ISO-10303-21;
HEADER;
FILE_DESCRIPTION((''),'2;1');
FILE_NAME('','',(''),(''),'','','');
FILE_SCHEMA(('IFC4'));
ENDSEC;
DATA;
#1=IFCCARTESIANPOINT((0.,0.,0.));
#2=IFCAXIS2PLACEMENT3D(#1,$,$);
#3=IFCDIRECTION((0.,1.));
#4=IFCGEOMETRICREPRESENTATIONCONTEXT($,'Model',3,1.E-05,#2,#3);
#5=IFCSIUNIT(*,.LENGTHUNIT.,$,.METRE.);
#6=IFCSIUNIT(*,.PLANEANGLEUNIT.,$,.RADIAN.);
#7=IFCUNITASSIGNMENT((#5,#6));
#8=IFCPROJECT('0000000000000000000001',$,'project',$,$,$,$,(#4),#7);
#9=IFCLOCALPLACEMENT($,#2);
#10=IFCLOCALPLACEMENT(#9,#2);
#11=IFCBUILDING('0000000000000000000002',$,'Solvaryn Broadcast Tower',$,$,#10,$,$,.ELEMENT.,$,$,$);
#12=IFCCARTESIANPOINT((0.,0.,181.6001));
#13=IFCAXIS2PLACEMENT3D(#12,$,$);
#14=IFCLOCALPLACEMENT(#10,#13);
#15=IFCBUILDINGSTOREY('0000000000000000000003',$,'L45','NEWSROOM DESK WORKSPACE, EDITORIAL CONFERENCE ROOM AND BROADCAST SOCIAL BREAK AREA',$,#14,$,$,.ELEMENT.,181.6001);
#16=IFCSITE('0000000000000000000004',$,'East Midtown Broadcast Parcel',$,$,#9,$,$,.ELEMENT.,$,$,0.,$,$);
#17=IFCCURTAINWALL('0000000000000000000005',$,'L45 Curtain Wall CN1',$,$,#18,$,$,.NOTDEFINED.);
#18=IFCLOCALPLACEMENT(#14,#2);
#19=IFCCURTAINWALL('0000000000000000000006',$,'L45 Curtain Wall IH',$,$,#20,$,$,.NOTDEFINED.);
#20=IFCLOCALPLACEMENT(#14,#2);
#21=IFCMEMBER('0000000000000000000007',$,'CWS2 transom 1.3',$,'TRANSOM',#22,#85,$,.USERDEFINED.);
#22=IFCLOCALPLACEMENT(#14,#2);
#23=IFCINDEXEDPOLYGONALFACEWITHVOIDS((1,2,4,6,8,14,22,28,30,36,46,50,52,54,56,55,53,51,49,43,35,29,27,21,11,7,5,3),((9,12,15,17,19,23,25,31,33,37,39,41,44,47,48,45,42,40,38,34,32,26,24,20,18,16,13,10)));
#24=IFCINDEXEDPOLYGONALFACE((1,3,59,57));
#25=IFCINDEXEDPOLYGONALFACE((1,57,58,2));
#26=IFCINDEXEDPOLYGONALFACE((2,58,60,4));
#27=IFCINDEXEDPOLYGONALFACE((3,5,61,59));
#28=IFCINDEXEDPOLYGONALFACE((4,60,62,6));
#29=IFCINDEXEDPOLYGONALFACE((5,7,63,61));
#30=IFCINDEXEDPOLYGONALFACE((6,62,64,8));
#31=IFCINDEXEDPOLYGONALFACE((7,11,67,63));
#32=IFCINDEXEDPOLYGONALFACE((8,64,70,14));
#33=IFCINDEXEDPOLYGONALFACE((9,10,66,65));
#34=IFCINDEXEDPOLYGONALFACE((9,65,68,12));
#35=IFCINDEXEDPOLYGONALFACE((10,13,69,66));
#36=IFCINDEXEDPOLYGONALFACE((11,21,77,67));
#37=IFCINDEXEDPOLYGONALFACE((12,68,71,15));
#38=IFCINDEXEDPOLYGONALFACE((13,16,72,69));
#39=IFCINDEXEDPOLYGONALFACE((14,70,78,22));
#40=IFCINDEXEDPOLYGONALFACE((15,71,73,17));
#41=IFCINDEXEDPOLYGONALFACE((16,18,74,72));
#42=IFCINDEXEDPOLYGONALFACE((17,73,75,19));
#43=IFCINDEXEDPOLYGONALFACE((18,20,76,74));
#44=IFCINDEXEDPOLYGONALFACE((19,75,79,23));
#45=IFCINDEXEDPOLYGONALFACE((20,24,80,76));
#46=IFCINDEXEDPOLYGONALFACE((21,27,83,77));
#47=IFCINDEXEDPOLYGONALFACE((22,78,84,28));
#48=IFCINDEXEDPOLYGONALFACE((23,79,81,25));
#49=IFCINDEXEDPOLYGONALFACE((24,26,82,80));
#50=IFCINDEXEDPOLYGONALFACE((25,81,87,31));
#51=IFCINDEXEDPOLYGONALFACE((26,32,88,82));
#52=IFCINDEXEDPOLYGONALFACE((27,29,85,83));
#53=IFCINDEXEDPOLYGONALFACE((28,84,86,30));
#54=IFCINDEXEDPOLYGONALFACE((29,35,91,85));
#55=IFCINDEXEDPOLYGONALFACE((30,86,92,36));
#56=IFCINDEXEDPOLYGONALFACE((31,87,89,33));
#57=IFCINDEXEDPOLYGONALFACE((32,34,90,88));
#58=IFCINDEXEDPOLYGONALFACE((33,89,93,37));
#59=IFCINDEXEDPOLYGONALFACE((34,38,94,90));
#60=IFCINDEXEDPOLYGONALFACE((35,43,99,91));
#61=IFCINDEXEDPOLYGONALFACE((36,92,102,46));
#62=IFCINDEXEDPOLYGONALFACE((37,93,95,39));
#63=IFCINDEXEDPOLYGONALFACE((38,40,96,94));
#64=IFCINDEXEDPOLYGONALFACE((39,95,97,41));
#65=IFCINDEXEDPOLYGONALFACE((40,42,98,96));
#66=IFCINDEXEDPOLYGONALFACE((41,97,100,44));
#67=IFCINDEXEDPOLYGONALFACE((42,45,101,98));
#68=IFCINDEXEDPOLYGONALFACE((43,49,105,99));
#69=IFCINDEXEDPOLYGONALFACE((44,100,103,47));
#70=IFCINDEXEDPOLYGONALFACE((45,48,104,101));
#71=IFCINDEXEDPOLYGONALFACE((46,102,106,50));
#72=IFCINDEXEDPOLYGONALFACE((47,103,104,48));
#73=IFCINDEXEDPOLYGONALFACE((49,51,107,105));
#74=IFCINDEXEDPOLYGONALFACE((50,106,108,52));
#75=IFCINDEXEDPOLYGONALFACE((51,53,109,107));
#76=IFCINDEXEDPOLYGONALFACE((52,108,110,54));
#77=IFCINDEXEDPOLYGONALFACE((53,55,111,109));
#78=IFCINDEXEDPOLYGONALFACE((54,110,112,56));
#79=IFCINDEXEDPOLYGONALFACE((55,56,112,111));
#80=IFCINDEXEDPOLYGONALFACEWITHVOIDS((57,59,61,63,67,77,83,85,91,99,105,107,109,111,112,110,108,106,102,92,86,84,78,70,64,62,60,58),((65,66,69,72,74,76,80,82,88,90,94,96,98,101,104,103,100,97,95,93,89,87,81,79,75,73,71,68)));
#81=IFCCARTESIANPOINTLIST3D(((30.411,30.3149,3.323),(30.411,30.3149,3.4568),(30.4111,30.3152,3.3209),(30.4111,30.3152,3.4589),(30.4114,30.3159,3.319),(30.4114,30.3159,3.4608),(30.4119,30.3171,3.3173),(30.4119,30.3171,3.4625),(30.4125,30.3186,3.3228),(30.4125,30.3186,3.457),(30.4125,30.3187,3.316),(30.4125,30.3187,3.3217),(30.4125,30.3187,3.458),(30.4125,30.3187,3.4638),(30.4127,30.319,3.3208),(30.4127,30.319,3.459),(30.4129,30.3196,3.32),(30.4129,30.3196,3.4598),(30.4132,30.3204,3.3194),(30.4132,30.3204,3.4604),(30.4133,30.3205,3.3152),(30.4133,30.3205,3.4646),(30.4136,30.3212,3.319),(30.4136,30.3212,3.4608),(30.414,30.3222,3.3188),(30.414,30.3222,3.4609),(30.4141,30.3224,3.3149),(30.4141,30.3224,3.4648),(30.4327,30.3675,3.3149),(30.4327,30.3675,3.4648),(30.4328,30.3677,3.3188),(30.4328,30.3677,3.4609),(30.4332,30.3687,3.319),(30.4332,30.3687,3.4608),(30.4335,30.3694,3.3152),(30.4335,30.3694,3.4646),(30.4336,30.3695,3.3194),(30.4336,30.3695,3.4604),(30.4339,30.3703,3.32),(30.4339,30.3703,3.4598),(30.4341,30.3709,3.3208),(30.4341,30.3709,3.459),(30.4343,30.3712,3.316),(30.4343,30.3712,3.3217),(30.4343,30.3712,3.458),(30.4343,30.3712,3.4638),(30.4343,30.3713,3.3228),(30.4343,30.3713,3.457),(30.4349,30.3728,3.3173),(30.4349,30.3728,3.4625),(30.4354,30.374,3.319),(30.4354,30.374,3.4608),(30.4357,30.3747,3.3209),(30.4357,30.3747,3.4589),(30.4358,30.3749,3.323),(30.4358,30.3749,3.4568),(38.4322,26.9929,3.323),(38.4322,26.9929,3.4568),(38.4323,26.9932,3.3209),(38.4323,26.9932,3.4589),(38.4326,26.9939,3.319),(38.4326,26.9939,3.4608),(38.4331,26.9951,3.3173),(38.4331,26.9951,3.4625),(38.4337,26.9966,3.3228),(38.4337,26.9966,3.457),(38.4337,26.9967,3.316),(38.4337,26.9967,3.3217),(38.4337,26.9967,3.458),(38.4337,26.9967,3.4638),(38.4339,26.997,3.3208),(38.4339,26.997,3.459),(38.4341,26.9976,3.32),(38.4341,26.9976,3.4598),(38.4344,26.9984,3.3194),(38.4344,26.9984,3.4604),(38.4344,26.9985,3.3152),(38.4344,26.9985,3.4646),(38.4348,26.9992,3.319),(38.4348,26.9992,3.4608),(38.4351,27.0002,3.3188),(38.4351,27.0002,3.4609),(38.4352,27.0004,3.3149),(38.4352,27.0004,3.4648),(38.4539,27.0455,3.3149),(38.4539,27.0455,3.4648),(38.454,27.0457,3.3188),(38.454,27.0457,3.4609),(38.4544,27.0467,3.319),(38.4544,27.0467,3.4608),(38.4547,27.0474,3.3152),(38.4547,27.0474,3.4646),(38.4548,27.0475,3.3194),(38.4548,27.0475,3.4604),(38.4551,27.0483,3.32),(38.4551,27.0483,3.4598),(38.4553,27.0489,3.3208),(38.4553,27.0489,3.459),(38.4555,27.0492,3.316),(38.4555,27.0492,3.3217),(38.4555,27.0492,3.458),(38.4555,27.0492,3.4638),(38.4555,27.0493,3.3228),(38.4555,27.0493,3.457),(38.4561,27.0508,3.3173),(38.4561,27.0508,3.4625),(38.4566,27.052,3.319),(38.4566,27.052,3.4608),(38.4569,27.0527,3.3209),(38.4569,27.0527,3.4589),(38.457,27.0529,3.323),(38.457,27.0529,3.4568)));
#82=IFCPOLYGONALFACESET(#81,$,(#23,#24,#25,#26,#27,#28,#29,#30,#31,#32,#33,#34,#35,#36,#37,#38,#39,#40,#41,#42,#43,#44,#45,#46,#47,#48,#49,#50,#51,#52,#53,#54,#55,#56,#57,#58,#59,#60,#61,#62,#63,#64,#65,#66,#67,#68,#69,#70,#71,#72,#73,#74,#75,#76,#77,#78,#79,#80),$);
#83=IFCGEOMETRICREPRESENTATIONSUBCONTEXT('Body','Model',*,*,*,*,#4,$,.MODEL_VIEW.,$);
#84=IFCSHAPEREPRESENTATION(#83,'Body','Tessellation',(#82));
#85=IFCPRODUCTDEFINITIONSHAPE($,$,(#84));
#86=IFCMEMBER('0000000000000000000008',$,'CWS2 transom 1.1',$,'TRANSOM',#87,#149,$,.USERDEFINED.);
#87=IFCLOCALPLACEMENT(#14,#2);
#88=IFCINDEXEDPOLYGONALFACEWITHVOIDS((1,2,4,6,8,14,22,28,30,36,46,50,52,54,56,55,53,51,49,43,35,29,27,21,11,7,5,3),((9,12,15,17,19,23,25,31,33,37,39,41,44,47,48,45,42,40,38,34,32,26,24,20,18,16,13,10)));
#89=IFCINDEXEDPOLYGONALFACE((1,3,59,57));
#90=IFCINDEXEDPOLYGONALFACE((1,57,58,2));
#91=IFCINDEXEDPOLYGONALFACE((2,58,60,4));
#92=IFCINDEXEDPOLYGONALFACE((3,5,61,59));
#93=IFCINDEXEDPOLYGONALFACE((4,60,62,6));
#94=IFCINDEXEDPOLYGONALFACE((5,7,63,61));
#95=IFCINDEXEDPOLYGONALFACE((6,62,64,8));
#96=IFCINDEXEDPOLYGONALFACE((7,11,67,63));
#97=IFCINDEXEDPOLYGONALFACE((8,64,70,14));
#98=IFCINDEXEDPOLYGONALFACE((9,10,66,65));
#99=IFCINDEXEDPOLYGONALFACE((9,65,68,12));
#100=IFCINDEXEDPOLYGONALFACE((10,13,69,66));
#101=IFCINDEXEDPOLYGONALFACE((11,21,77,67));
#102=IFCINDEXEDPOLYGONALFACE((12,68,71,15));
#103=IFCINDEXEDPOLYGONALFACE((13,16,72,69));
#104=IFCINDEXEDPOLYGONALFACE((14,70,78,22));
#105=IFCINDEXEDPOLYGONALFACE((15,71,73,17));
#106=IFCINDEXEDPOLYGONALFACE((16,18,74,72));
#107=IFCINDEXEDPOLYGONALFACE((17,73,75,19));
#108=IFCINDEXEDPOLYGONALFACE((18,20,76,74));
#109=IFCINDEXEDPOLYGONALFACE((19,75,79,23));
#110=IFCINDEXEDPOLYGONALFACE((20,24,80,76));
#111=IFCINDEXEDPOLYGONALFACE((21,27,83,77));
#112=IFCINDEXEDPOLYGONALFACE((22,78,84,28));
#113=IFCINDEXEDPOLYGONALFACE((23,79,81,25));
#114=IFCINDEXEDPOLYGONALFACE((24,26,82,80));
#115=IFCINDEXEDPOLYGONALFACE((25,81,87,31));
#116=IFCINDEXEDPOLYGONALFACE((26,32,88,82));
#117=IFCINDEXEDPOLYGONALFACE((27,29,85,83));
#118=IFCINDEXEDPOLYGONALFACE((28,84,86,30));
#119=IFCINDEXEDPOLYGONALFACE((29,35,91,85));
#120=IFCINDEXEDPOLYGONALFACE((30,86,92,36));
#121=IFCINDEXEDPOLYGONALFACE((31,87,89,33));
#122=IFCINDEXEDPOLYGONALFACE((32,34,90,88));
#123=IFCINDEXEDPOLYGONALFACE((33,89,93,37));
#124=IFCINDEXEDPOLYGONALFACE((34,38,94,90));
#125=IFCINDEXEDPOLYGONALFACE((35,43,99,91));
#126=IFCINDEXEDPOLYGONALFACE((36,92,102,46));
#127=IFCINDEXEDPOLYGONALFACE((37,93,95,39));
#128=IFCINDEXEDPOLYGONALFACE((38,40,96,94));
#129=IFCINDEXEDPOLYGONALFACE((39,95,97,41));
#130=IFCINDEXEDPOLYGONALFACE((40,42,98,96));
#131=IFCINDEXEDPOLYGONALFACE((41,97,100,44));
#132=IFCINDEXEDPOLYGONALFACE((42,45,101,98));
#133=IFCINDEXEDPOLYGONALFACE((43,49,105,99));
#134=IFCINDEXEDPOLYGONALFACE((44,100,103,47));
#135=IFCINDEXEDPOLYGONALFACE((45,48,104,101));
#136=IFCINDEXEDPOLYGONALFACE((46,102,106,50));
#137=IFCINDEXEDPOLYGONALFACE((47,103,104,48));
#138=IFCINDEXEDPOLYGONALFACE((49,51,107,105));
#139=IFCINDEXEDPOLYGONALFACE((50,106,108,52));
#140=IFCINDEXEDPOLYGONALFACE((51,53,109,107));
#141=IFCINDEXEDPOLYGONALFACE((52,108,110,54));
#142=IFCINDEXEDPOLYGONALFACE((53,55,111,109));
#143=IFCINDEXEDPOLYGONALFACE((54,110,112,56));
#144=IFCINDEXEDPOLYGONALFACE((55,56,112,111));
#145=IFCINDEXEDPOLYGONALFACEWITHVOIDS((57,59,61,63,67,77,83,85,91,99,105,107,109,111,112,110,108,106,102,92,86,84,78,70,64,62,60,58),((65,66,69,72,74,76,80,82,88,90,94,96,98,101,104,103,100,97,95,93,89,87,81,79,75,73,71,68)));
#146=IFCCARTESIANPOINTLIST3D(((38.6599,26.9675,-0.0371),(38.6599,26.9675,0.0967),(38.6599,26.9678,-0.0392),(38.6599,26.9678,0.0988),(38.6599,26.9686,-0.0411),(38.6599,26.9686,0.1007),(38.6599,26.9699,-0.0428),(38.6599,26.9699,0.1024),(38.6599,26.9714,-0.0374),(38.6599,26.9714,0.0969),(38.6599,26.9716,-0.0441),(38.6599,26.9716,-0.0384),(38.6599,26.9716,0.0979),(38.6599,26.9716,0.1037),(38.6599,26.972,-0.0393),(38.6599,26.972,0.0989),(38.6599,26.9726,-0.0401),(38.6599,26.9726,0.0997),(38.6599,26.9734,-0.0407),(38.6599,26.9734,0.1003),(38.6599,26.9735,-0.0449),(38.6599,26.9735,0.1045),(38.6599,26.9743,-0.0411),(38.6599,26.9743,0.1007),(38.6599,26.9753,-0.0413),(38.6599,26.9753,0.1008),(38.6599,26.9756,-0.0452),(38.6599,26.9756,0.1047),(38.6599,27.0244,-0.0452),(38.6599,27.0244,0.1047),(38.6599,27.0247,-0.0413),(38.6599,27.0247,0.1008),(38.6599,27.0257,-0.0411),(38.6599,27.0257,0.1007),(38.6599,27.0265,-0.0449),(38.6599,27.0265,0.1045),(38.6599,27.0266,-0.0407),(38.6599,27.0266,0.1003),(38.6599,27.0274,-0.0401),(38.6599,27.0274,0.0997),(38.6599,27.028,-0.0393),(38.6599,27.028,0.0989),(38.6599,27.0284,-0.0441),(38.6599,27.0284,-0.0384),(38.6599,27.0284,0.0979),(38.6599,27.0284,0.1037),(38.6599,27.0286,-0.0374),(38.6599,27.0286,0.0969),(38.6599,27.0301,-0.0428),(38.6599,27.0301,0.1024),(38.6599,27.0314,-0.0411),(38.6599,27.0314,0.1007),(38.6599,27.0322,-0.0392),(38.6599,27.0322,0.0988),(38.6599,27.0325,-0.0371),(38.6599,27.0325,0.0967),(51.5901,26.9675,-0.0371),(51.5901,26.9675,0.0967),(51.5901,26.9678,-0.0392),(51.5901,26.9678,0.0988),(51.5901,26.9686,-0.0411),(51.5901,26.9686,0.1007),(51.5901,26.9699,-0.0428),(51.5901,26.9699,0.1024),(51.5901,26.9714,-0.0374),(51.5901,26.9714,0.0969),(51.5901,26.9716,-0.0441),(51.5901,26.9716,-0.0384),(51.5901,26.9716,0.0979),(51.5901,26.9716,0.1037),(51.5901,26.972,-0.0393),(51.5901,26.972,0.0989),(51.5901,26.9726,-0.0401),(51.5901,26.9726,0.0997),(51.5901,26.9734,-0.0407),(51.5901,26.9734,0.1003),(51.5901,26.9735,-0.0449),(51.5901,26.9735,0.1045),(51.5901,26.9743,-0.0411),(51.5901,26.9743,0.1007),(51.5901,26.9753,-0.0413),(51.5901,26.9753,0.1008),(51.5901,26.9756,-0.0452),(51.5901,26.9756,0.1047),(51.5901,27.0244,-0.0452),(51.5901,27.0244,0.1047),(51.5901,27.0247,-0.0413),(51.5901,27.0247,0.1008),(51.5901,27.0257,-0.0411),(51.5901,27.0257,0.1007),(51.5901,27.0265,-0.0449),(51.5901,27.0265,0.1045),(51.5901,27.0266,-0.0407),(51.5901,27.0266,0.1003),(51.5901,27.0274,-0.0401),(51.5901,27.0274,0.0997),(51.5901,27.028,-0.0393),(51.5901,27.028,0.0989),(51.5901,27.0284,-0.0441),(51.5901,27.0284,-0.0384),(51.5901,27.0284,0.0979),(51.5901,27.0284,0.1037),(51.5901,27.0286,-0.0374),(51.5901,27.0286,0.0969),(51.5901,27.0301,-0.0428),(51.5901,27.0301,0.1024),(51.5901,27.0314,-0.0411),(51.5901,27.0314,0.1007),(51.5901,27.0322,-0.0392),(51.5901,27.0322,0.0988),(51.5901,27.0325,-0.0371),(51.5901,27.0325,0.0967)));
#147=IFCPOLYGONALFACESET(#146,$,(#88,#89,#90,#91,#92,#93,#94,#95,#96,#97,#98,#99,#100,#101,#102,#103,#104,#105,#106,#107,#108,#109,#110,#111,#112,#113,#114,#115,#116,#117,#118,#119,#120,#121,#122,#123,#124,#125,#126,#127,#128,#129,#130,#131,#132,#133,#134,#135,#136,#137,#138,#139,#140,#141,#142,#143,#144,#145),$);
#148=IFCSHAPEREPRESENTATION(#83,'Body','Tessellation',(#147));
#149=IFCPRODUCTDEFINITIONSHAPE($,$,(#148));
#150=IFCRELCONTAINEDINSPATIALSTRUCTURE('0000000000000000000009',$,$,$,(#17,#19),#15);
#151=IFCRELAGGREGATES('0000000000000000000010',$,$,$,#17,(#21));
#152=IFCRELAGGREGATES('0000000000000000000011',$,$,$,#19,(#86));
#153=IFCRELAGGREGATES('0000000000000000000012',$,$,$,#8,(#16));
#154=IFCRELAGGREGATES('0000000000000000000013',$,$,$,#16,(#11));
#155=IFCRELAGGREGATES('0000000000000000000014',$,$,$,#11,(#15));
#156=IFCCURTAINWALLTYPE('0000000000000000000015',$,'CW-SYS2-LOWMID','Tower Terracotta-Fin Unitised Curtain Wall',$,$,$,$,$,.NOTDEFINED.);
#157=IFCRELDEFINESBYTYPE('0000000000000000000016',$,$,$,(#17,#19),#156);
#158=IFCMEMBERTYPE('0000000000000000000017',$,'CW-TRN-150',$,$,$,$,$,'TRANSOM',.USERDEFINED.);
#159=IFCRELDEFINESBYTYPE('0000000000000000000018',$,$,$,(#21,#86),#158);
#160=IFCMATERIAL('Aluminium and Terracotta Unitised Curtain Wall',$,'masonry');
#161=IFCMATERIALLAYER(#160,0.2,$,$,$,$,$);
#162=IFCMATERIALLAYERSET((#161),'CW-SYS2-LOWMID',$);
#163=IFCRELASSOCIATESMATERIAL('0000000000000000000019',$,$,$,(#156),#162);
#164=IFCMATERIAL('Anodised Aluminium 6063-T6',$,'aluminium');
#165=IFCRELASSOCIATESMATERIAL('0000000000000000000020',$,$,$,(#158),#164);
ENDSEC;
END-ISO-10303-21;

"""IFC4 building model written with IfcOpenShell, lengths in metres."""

from ifc_helpers import new_model, si_unit, direction, frame, origin, origin_2d, place, context, subcontext, project, spatial, hollow_rectangle, extrude, material, layer, layer_set, material_profile, profile_set, type_object, element, aggregate, save


model = new_model("IFC4")

# Units and contexts
model_context = context("Model", 3, precision=1e-05, world=origin(), true_north=direction((0.0, 1.0)))
body_context = subcontext(model_context, "Body", "Model", "MODEL_VIEW")
ifc_project = project(units=[si_unit("LENGTHUNIT", "METRE"), si_unit("PLANEANGLEUNIT", "RADIAN")], contexts=[model_context])

# Site, building, storey
site_placement = place(None, origin())
site = spatial("IfcSite", under=ifc_project, at=site_placement, Name="East Midtown Broadcast Parcel", CompositionType="ELEMENT", RefElevation=0.0)
building_placement = place(site_placement, origin())
building = spatial("IfcBuilding", under=site, at=building_placement, Name="Solvaryn Broadcast Tower", CompositionType="ELEMENT")
storey_placement = place(building_placement, frame((0.0, 0.0, 181.6001)))
storey = spatial("IfcBuildingStorey", under=building, at=storey_placement, Name="L45", Description="NEWSROOM DESK WORKSPACE, EDITORIAL CONFERENCE ROOM AND BROADCAST SOCIAL BREAK AREA", CompositionType="ELEMENT", Elevation=181.6001)

# Curtain walls
ifc_material_1 = material(Name="Aluminium and Terracotta Unitised Curtain Wall", Category="masonry")
ifc_layer_1 = layer(ifc_material_1, 0.2)
ifc_layer_set_1 = layer_set([ifc_layer_1], Name="CW-SYS2-LOWMID")
curtain_wall_type = type_object("IfcCurtainWallType", Name="CW-SYS2-LOWMID", Description="Tower Terracotta-Fin Unitised Curtain Wall", PredefinedType="NOTDEFINED", material=ifc_layer_set_1)
curtain_wall_1_placement = place(storey_placement, origin())
curtain_wall_1 = element("IfcCurtainWall", 1, at=curtain_wall_1_placement, inside=storey, type_object=curtain_wall_type, Name="L45 Curtain Wall CN1", PredefinedType="NOTDEFINED")
curtain_wall_2_placement = place(storey_placement, origin())
curtain_wall_2 = element("IfcCurtainWall", 2, at=curtain_wall_2_placement, inside=storey, type_object=curtain_wall_type, Name="L45 Curtain Wall IH", PredefinedType="NOTDEFINED")

# Members
ifc_material_2 = material(Name="Anodised Aluminium 6063-T6", Category="aluminium")
ifc_material_profile_1 = material_profile(ifc_material_2, hollow_rectangle(XDim=0.0649, YDim=0.1499, WallThickness=0.0039, InnerFilletRadius=0.0039, OuterFilletRadius=0.0081, at=origin_2d()))
ifc_profile_set_1 = profile_set([ifc_material_profile_1], Name="Anodised Aluminium 6063-T6")
member_type_1 = type_object("IfcMemberType", Name="CW-TRN-150", ElementType="TRANSOM", PredefinedType="USERDEFINED", material=ifc_profile_set_1)
member_1_placement = place(storey_placement, frame((38.4446, 27.0229, 3.3899), z_axis=(-0.923899, 0.382636, 0.0), x_axis=(-0.382636, -0.923899, 0.0)))
member_1 = element("IfcMember", 3, at=member_1_placement, type_object=member_type_1, Name="CWS2 transom 1.3", ObjectType="TRANSOM", PredefinedType="USERDEFINED", context=body_context, shape_type="SweptSolid", body=[
    extrude(hollow_rectangle(XDim=0.0649, YDim=0.1499, WallThickness=0.0039, InnerFilletRadius=0.0039, OuterFilletRadius=0.0081, at=origin_2d()), origin(), (0.0, 0.0, 1.0), 8.6819),
])
aggregate(curtain_wall_1, [member_1])
member_2_placement = place(storey_placement, frame((38.6599, 27.0, 0.0298), z_axis=(1.0, 0.0, 0.0), x_axis=(0.0, 1.0, 0.0)))
member_2 = element("IfcMember", 4, at=member_2_placement, type_object=member_type_1, Name="CWS2 transom 1.1", ObjectType="TRANSOM", PredefinedType="USERDEFINED", context=body_context, shape_type="SweptSolid", body=[
    extrude(hollow_rectangle(XDim=0.0649, YDim=0.1499, WallThickness=0.0039, InnerFilletRadius=0.0039, OuterFilletRadius=0.0081, at=origin_2d()), origin(), (0.0, 0.0, 1.0), 12.9302),
])
aggregate(curtain_wall_2, [member_2])

save(model, "model.ifc")
